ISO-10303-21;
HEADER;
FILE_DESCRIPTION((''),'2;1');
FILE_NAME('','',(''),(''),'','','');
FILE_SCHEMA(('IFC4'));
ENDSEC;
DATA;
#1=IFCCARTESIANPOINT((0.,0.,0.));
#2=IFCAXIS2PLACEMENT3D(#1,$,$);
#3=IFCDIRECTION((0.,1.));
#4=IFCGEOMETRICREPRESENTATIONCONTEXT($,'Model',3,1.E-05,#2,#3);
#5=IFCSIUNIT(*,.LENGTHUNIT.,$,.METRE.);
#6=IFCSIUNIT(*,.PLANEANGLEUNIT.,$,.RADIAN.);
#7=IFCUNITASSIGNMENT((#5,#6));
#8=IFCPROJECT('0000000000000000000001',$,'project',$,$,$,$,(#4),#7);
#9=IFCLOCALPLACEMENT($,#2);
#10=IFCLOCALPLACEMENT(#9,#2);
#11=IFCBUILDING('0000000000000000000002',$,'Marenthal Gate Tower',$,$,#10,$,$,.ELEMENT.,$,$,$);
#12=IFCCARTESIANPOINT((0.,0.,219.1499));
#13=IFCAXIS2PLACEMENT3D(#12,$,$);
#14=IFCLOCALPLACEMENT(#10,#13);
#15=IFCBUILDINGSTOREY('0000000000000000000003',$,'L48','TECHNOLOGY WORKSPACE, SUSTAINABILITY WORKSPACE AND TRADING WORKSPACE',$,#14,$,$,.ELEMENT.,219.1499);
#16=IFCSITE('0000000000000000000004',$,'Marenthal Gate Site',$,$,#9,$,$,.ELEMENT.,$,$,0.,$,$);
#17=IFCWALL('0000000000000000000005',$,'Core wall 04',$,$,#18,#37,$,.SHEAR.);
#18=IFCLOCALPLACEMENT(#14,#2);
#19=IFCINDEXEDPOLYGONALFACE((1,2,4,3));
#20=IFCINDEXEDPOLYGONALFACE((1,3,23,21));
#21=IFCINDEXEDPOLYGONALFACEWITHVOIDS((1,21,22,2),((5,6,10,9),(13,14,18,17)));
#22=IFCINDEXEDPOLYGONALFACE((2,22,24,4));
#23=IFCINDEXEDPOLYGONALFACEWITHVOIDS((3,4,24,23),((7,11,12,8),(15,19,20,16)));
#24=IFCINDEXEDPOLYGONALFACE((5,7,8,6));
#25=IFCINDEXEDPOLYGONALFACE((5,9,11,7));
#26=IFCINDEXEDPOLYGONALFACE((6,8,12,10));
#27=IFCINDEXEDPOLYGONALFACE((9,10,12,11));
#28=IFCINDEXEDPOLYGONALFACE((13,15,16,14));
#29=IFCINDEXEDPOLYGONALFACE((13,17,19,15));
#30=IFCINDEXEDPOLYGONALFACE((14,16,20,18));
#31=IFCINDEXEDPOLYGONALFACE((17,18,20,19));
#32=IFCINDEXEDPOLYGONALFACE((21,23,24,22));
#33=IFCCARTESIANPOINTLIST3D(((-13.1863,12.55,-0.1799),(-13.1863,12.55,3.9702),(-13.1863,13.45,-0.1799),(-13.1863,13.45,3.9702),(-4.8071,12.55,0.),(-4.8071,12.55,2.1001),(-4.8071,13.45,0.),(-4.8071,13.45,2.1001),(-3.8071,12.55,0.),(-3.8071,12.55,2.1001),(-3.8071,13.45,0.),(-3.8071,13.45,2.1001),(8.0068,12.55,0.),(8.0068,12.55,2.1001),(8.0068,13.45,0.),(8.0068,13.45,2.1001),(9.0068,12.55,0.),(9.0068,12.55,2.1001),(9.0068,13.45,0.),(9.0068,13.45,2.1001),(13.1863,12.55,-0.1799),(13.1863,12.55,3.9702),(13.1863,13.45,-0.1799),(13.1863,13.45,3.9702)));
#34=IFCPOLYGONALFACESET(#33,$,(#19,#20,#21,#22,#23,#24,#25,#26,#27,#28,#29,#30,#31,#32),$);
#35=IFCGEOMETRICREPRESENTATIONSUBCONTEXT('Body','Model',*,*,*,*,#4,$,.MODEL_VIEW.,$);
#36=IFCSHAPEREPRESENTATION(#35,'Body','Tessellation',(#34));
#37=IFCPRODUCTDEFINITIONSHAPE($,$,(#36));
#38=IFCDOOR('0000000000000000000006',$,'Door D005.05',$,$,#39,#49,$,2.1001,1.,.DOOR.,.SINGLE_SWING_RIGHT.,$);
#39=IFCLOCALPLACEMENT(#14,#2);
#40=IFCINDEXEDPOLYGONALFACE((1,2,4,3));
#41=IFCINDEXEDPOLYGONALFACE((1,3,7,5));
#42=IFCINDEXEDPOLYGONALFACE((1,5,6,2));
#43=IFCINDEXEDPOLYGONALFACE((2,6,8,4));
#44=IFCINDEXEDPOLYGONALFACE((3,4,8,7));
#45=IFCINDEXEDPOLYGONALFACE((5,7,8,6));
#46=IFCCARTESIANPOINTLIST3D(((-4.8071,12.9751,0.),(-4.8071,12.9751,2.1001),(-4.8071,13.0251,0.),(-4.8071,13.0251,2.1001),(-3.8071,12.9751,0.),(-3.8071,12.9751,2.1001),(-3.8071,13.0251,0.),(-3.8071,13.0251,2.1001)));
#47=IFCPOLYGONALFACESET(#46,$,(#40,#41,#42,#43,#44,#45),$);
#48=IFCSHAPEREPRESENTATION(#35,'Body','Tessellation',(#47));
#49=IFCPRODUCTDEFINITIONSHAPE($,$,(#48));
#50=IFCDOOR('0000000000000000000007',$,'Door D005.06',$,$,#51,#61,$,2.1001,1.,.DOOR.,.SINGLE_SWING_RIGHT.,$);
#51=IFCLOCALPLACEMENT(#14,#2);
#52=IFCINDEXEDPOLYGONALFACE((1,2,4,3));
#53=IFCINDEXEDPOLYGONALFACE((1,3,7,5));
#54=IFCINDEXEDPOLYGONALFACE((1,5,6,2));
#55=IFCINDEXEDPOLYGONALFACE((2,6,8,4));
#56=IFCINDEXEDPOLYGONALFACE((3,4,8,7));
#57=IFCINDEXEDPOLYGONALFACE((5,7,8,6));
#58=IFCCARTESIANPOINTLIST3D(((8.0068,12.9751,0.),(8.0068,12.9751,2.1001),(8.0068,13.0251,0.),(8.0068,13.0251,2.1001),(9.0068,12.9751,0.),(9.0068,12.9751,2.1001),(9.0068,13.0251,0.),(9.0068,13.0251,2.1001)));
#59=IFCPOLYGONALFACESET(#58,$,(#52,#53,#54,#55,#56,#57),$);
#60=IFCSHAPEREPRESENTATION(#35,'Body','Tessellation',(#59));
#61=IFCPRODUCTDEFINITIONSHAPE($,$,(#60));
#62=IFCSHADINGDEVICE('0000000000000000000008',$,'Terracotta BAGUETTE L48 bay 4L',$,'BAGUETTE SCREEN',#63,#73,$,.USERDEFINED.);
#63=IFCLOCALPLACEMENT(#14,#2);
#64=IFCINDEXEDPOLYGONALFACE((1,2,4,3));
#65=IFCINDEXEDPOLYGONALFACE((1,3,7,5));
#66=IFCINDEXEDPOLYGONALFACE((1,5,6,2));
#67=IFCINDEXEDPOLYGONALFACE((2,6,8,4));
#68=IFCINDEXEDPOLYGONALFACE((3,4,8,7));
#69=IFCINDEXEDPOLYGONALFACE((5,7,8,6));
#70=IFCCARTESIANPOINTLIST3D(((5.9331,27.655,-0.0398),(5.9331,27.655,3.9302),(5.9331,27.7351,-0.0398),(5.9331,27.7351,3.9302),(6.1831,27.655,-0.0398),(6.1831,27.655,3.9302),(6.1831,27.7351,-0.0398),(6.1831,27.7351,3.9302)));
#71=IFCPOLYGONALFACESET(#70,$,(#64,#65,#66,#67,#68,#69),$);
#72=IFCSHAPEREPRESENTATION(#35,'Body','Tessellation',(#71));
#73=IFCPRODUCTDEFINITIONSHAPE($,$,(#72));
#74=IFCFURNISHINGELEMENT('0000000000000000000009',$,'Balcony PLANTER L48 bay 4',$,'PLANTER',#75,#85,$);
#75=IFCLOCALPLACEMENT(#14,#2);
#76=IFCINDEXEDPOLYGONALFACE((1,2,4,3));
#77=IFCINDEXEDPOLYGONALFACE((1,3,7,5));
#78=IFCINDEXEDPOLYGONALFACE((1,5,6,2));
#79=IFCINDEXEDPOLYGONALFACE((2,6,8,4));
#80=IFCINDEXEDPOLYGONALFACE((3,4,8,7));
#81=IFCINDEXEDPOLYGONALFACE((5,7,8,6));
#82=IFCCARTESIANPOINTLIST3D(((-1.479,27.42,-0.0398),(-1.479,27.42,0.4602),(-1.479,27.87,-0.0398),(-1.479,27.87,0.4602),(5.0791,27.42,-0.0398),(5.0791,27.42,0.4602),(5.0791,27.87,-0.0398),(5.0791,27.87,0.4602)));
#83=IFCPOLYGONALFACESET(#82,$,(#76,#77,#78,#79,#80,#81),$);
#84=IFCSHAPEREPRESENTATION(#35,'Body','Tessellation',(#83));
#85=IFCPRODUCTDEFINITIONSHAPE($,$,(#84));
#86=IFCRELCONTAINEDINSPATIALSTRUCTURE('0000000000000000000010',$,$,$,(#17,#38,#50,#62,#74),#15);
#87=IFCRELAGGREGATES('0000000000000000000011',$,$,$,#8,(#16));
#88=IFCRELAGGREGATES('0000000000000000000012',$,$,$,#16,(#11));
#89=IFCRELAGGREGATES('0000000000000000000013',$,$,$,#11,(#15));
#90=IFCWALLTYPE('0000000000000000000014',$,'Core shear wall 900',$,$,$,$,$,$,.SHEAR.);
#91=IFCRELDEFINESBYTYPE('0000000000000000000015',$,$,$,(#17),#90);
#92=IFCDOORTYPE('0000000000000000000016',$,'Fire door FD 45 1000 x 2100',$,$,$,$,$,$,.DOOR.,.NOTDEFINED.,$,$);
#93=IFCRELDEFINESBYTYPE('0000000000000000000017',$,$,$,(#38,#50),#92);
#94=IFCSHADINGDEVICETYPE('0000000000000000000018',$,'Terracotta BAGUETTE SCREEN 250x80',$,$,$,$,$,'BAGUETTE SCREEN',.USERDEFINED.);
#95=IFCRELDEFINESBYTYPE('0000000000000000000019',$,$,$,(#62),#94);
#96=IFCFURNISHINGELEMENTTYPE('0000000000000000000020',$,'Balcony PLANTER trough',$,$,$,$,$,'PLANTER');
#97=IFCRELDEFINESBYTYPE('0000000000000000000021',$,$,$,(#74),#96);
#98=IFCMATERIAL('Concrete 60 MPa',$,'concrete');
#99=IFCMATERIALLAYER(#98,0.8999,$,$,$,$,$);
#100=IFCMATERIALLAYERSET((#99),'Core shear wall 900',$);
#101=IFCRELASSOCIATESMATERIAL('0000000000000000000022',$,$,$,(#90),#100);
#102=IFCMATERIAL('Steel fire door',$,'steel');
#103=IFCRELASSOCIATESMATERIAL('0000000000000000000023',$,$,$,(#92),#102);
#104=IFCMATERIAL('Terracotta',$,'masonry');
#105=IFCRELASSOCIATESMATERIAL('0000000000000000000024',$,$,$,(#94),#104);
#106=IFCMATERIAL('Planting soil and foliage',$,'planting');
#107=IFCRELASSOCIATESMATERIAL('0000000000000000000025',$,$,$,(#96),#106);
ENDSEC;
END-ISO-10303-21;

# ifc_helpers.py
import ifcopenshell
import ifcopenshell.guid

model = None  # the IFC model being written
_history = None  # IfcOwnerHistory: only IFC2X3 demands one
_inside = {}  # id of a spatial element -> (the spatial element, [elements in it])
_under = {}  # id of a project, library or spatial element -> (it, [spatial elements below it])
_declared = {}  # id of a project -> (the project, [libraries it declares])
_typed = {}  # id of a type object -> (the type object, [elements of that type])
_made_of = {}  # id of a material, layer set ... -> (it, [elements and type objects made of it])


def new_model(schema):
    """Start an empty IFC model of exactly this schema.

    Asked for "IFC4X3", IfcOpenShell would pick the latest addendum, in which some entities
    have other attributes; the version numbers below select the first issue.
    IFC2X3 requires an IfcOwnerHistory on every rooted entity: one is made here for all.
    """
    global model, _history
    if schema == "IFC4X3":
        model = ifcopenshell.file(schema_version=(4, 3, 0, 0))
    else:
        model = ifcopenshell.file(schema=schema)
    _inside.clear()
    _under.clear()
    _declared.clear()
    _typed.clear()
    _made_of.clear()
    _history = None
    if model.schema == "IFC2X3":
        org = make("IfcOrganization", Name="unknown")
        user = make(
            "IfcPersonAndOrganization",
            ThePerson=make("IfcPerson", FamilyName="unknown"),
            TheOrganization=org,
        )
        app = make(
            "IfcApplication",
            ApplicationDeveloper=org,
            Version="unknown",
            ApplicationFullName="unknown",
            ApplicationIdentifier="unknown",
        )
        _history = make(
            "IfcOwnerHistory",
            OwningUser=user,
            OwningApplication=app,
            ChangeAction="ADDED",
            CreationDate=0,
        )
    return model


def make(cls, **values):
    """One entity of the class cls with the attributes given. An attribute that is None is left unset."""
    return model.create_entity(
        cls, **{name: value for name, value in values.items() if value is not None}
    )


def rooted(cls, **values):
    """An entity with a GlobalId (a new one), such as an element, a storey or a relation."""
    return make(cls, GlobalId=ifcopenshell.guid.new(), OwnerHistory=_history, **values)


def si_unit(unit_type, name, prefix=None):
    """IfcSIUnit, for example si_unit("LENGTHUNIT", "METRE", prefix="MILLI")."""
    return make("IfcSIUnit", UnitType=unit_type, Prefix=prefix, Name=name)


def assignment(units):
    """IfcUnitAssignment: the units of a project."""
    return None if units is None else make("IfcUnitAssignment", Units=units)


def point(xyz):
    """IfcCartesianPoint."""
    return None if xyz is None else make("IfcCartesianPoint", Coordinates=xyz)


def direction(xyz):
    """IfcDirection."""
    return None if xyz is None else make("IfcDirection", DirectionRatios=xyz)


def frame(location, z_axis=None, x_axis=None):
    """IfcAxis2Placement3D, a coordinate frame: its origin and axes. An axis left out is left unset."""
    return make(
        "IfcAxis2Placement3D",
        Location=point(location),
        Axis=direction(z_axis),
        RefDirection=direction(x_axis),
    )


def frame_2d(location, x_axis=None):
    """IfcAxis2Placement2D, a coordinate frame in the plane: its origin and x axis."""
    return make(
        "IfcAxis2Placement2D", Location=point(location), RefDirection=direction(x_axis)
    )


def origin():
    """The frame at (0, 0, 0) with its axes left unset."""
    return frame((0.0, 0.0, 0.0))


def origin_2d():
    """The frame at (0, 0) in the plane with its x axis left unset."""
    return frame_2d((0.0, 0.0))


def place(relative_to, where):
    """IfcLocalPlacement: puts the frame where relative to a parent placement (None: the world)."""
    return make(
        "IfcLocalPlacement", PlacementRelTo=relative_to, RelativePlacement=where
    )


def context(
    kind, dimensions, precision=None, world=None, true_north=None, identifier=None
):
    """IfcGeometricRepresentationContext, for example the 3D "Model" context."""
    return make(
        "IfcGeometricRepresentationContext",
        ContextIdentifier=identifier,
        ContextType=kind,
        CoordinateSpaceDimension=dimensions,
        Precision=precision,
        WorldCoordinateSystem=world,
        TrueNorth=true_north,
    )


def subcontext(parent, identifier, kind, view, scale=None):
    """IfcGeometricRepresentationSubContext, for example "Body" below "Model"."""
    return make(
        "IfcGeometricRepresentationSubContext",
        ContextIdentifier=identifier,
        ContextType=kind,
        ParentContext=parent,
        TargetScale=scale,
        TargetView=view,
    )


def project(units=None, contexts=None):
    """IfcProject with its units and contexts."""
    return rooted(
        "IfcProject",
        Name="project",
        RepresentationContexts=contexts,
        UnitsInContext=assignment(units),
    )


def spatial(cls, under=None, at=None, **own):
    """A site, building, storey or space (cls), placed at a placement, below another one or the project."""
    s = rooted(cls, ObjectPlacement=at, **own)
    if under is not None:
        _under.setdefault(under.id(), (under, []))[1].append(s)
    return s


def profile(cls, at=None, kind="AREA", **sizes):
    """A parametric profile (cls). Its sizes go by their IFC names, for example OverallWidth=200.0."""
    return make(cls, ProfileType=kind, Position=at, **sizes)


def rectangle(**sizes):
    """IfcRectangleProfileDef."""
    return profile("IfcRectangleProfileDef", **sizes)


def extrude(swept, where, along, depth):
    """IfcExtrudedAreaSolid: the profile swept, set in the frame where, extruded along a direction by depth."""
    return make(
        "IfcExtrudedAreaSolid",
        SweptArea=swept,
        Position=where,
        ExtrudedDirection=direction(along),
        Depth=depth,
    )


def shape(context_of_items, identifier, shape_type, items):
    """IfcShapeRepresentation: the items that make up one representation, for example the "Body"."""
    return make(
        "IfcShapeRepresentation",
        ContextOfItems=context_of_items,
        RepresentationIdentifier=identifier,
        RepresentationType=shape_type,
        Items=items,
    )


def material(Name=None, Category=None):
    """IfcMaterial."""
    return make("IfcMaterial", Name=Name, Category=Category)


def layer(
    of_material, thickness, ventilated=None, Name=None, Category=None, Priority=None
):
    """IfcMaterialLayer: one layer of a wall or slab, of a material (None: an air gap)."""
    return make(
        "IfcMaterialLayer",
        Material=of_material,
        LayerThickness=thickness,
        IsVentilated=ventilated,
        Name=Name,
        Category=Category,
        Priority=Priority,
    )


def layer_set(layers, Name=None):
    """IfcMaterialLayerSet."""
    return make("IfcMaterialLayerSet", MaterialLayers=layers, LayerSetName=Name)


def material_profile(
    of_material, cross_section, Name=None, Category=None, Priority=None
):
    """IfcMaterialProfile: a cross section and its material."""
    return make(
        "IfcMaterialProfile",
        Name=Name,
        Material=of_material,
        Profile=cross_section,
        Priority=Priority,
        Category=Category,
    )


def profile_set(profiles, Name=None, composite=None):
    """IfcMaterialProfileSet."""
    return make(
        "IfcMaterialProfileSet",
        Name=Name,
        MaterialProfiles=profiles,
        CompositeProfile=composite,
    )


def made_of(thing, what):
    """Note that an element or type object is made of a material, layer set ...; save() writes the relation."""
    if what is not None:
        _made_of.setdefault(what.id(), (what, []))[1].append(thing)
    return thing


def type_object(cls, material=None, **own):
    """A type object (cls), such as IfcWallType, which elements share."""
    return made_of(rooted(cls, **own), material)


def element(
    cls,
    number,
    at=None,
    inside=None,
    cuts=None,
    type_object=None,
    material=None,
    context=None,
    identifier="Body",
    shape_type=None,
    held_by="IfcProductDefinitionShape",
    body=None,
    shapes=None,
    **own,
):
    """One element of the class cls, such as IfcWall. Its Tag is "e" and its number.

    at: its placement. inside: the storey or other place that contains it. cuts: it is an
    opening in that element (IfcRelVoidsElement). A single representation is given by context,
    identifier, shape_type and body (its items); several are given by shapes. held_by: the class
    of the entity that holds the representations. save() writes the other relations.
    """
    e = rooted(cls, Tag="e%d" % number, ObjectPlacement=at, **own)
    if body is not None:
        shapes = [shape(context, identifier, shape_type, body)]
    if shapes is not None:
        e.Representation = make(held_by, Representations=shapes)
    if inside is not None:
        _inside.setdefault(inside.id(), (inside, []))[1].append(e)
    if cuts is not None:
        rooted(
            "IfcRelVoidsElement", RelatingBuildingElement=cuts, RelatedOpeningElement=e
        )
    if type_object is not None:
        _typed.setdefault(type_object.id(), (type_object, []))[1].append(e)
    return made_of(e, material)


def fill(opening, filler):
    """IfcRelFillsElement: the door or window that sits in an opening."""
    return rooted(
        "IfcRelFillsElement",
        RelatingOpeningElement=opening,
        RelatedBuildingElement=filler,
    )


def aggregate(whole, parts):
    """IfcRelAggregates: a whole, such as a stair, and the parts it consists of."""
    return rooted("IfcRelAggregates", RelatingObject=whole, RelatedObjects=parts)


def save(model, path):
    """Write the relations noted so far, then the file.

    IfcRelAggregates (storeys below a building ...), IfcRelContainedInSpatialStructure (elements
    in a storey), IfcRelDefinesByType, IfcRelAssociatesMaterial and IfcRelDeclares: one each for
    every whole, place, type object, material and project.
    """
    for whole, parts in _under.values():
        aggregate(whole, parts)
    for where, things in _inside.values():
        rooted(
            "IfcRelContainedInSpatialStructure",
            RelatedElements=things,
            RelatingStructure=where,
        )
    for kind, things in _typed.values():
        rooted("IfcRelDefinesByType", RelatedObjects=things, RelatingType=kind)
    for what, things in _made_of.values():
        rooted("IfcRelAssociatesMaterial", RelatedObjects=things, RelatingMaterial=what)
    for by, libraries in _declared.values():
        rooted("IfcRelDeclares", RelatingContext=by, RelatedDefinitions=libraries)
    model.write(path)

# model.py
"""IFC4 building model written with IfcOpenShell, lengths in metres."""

from ifc_helpers import new_model, si_unit, direction, frame, frame_2d, origin, origin_2d, place, context, subcontext, project, spatial, rectangle, extrude, material, layer, layer_set, material_profile, profile_set, type_object, element, fill, save


model = new_model("IFC4")

# Units and contexts
model_context = context("Model", 3, precision=1e-05, world=origin(), true_north=direction((0.0, 1.0)))
body_context = subcontext(model_context, "Body", "Model", "MODEL_VIEW")
ifc_project = project(units=[si_unit("LENGTHUNIT", "METRE"), si_unit("PLANEANGLEUNIT", "RADIAN")], contexts=[model_context])

# Site, building, storey
site_placement = place(None, origin())
site = spatial("IfcSite", under=ifc_project, at=site_placement, Name="Marenthal Gate Site", CompositionType="ELEMENT", RefElevation=0.0)
building_placement = place(site_placement, origin())
building = spatial("IfcBuilding", under=site, at=building_placement, Name="Marenthal Gate Tower", CompositionType="ELEMENT")
storey_placement = place(building_placement, frame((0.0, 0.0, 219.1499)))
storey = spatial("IfcBuildingStorey", under=building, at=storey_placement, Name="L48", Description="TECHNOLOGY WORKSPACE, SUSTAINABILITY WORKSPACE AND TRADING WORKSPACE", CompositionType="ELEMENT", Elevation=219.1499)

# Shared definitions
ifc_material_1 = material(Name="Concrete 60 MPa", Category="concrete")
ifc_layer_1 = layer(ifc_material_1, 0.8999)
ifc_layer_set_1 = layer_set([ifc_layer_1], Name="Core shear wall 900")
wall_type_1 = type_object("IfcWallType", Name="Core shear wall 900", PredefinedType="SHEAR", material=ifc_layer_set_1)

# Wall, openings, doors
wall_1_placement = place(storey_placement, frame((13.1863, 13.0, -0.1799), z_axis=(0.0, 0.0, 1.0), x_axis=(-1.0, 0.0, 0.0)))
wall_1 = element("IfcWall", 1, at=wall_1_placement, inside=storey, type_object=wall_type_1, Name="Core wall 04", PredefinedType="SHEAR", context=body_context, shape_type="SweptSolid", body=[
    extrude(rectangle(XDim=26.3726, YDim=0.8999, at=frame_2d((13.1863, 0.0))), origin(), (0.0, 0.0, 1.0), 4.1501),
])
opening_1_placement = place(wall_1_placement, frame((16.9934, 0.0, 0.1799)))
opening_1 = element("IfcOpeningElement", 2, at=opening_1_placement, cuts=wall_1, PredefinedType="OPENING", context=body_context, shape_type="SweptSolid", body=[
    extrude(rectangle(XDim=1.0, YDim=2.1001, at=frame_2d((0.5, 1.05))), frame((0.0, 0.46, 0.0), z_axis=(0.0, -1.0, 0.0), x_axis=(1.0, 0.0, 0.0)), (0.0, 0.0, 1.0), 0.9199),
])
opening_2_placement = place(wall_1_placement, frame((4.1794, 0.0, 0.1799)))
opening_2 = element("IfcOpeningElement", 3, at=opening_2_placement, cuts=wall_1, PredefinedType="OPENING", context=body_context, shape_type="SweptSolid", body=[
    extrude(rectangle(XDim=1.0, YDim=2.1001, at=frame_2d((0.5, 1.05))), frame((0.0, 0.46, 0.0), z_axis=(0.0, -1.0, 0.0), x_axis=(1.0, 0.0, 0.0)), (0.0, 0.0, 1.0), 0.9199),
])
ifc_material_2 = material(Name="Steel fire door", Category="steel")
door_type_1 = type_object("IfcDoorType", Name="Fire door FD 45 1000 x 2100", OperationType="NOTDEFINED", PredefinedType="DOOR", material=ifc_material_2)
door_1_placement = place(opening_1_placement, origin())
door_1 = element("IfcDoor", 4, at=door_1_placement, inside=storey, type_object=door_type_1, Name="Door D005.05", OperationType="SINGLE_SWING_RIGHT", OverallHeight=2.1001, OverallWidth=1.0, PredefinedType="DOOR", context=body_context, shape_type="SweptSolid", body=[
    extrude(rectangle(XDim=1.0, YDim=2.1001, at=frame_2d((0.5, 1.05))), frame((0.0, 0.0249, 0.0), z_axis=(0.0, -1.0, 0.0), x_axis=(1.0, 0.0, 0.0)), (0.0, 0.0, 1.0), 0.05),
])
fill(opening_1, door_1)
door_2_placement = place(opening_2_placement, origin())
door_2 = element("IfcDoor", 5, at=door_2_placement, inside=storey, type_object=door_type_1, Name="Door D005.06", OperationType="SINGLE_SWING_RIGHT", OverallHeight=2.1001, OverallWidth=1.0, PredefinedType="DOOR", context=body_context, shape_type="SweptSolid", body=[
    extrude(rectangle(XDim=1.0, YDim=2.1001, at=frame_2d((0.5, 1.05))), frame((0.0, 0.0249, 0.0), z_axis=(0.0, -1.0, 0.0), x_axis=(1.0, 0.0, 0.0)), (0.0, 0.0, 1.0), 0.05),
])
fill(opening_2, door_2)

# Shading device
ifc_material_3 = material(Name="Terracotta", Category="masonry")
ifc_material_profile_1 = material_profile(ifc_material_3, rectangle(XDim=0.25, YDim=0.0801, at=origin_2d()), Name="Terracotta baguette 250x80")
ifc_profile_set_1 = profile_set([ifc_material_profile_1], Name="Terracotta")
shading_device_type = type_object("IfcShadingDeviceType", Name="Terracotta BAGUETTE SCREEN 250x80", ElementType="BAGUETTE SCREEN", PredefinedType="USERDEFINED", material=ifc_profile_set_1)
shading_device_placement = place(storey_placement, frame((6.0581, 27.6951, -0.0398), z_axis=(0.0, 0.0, 1.0), x_axis=(-1.0, 0.0, 0.0)))
element("IfcShadingDevice", 6, at=shading_device_placement, inside=storey, type_object=shading_device_type, Name="Terracotta BAGUETTE L48 bay 4L", ObjectType="BAGUETTE SCREEN", PredefinedType="USERDEFINED", context=body_context, shape_type="SweptSolid", body=[
    extrude(rectangle(XDim=0.25, YDim=0.0801, at=origin_2d()), origin(), (0.0, 0.0, 1.0), 3.97),
])

# Furnishing element
ifc_material_4 = material(Name="Planting soil and foliage", Category="planting")
furnishing_element_type = type_object("IfcFurnishingElementType", Name="Balcony PLANTER trough", ElementType="PLANTER", material=ifc_material_4)
furnishing_placement = place(storey_placement, frame((1.8, 27.645, -0.0398), z_axis=(0.0, 0.0, 1.0), x_axis=(-1.0, 0.0, 0.0)))
element("IfcFurnishingElement", 7, at=furnishing_placement, inside=storey, type_object=furnishing_element_type, Name="Balcony PLANTER L48 bay 4", ObjectType="PLANTER", context=body_context, shape_type="SweptSolid", body=[
    extrude(rectangle(XDim=6.5581, YDim=0.45, at=origin_2d()), origin(), (0.0, 0.0, 1.0), 0.5),
])

save(model, "model.ifc")
